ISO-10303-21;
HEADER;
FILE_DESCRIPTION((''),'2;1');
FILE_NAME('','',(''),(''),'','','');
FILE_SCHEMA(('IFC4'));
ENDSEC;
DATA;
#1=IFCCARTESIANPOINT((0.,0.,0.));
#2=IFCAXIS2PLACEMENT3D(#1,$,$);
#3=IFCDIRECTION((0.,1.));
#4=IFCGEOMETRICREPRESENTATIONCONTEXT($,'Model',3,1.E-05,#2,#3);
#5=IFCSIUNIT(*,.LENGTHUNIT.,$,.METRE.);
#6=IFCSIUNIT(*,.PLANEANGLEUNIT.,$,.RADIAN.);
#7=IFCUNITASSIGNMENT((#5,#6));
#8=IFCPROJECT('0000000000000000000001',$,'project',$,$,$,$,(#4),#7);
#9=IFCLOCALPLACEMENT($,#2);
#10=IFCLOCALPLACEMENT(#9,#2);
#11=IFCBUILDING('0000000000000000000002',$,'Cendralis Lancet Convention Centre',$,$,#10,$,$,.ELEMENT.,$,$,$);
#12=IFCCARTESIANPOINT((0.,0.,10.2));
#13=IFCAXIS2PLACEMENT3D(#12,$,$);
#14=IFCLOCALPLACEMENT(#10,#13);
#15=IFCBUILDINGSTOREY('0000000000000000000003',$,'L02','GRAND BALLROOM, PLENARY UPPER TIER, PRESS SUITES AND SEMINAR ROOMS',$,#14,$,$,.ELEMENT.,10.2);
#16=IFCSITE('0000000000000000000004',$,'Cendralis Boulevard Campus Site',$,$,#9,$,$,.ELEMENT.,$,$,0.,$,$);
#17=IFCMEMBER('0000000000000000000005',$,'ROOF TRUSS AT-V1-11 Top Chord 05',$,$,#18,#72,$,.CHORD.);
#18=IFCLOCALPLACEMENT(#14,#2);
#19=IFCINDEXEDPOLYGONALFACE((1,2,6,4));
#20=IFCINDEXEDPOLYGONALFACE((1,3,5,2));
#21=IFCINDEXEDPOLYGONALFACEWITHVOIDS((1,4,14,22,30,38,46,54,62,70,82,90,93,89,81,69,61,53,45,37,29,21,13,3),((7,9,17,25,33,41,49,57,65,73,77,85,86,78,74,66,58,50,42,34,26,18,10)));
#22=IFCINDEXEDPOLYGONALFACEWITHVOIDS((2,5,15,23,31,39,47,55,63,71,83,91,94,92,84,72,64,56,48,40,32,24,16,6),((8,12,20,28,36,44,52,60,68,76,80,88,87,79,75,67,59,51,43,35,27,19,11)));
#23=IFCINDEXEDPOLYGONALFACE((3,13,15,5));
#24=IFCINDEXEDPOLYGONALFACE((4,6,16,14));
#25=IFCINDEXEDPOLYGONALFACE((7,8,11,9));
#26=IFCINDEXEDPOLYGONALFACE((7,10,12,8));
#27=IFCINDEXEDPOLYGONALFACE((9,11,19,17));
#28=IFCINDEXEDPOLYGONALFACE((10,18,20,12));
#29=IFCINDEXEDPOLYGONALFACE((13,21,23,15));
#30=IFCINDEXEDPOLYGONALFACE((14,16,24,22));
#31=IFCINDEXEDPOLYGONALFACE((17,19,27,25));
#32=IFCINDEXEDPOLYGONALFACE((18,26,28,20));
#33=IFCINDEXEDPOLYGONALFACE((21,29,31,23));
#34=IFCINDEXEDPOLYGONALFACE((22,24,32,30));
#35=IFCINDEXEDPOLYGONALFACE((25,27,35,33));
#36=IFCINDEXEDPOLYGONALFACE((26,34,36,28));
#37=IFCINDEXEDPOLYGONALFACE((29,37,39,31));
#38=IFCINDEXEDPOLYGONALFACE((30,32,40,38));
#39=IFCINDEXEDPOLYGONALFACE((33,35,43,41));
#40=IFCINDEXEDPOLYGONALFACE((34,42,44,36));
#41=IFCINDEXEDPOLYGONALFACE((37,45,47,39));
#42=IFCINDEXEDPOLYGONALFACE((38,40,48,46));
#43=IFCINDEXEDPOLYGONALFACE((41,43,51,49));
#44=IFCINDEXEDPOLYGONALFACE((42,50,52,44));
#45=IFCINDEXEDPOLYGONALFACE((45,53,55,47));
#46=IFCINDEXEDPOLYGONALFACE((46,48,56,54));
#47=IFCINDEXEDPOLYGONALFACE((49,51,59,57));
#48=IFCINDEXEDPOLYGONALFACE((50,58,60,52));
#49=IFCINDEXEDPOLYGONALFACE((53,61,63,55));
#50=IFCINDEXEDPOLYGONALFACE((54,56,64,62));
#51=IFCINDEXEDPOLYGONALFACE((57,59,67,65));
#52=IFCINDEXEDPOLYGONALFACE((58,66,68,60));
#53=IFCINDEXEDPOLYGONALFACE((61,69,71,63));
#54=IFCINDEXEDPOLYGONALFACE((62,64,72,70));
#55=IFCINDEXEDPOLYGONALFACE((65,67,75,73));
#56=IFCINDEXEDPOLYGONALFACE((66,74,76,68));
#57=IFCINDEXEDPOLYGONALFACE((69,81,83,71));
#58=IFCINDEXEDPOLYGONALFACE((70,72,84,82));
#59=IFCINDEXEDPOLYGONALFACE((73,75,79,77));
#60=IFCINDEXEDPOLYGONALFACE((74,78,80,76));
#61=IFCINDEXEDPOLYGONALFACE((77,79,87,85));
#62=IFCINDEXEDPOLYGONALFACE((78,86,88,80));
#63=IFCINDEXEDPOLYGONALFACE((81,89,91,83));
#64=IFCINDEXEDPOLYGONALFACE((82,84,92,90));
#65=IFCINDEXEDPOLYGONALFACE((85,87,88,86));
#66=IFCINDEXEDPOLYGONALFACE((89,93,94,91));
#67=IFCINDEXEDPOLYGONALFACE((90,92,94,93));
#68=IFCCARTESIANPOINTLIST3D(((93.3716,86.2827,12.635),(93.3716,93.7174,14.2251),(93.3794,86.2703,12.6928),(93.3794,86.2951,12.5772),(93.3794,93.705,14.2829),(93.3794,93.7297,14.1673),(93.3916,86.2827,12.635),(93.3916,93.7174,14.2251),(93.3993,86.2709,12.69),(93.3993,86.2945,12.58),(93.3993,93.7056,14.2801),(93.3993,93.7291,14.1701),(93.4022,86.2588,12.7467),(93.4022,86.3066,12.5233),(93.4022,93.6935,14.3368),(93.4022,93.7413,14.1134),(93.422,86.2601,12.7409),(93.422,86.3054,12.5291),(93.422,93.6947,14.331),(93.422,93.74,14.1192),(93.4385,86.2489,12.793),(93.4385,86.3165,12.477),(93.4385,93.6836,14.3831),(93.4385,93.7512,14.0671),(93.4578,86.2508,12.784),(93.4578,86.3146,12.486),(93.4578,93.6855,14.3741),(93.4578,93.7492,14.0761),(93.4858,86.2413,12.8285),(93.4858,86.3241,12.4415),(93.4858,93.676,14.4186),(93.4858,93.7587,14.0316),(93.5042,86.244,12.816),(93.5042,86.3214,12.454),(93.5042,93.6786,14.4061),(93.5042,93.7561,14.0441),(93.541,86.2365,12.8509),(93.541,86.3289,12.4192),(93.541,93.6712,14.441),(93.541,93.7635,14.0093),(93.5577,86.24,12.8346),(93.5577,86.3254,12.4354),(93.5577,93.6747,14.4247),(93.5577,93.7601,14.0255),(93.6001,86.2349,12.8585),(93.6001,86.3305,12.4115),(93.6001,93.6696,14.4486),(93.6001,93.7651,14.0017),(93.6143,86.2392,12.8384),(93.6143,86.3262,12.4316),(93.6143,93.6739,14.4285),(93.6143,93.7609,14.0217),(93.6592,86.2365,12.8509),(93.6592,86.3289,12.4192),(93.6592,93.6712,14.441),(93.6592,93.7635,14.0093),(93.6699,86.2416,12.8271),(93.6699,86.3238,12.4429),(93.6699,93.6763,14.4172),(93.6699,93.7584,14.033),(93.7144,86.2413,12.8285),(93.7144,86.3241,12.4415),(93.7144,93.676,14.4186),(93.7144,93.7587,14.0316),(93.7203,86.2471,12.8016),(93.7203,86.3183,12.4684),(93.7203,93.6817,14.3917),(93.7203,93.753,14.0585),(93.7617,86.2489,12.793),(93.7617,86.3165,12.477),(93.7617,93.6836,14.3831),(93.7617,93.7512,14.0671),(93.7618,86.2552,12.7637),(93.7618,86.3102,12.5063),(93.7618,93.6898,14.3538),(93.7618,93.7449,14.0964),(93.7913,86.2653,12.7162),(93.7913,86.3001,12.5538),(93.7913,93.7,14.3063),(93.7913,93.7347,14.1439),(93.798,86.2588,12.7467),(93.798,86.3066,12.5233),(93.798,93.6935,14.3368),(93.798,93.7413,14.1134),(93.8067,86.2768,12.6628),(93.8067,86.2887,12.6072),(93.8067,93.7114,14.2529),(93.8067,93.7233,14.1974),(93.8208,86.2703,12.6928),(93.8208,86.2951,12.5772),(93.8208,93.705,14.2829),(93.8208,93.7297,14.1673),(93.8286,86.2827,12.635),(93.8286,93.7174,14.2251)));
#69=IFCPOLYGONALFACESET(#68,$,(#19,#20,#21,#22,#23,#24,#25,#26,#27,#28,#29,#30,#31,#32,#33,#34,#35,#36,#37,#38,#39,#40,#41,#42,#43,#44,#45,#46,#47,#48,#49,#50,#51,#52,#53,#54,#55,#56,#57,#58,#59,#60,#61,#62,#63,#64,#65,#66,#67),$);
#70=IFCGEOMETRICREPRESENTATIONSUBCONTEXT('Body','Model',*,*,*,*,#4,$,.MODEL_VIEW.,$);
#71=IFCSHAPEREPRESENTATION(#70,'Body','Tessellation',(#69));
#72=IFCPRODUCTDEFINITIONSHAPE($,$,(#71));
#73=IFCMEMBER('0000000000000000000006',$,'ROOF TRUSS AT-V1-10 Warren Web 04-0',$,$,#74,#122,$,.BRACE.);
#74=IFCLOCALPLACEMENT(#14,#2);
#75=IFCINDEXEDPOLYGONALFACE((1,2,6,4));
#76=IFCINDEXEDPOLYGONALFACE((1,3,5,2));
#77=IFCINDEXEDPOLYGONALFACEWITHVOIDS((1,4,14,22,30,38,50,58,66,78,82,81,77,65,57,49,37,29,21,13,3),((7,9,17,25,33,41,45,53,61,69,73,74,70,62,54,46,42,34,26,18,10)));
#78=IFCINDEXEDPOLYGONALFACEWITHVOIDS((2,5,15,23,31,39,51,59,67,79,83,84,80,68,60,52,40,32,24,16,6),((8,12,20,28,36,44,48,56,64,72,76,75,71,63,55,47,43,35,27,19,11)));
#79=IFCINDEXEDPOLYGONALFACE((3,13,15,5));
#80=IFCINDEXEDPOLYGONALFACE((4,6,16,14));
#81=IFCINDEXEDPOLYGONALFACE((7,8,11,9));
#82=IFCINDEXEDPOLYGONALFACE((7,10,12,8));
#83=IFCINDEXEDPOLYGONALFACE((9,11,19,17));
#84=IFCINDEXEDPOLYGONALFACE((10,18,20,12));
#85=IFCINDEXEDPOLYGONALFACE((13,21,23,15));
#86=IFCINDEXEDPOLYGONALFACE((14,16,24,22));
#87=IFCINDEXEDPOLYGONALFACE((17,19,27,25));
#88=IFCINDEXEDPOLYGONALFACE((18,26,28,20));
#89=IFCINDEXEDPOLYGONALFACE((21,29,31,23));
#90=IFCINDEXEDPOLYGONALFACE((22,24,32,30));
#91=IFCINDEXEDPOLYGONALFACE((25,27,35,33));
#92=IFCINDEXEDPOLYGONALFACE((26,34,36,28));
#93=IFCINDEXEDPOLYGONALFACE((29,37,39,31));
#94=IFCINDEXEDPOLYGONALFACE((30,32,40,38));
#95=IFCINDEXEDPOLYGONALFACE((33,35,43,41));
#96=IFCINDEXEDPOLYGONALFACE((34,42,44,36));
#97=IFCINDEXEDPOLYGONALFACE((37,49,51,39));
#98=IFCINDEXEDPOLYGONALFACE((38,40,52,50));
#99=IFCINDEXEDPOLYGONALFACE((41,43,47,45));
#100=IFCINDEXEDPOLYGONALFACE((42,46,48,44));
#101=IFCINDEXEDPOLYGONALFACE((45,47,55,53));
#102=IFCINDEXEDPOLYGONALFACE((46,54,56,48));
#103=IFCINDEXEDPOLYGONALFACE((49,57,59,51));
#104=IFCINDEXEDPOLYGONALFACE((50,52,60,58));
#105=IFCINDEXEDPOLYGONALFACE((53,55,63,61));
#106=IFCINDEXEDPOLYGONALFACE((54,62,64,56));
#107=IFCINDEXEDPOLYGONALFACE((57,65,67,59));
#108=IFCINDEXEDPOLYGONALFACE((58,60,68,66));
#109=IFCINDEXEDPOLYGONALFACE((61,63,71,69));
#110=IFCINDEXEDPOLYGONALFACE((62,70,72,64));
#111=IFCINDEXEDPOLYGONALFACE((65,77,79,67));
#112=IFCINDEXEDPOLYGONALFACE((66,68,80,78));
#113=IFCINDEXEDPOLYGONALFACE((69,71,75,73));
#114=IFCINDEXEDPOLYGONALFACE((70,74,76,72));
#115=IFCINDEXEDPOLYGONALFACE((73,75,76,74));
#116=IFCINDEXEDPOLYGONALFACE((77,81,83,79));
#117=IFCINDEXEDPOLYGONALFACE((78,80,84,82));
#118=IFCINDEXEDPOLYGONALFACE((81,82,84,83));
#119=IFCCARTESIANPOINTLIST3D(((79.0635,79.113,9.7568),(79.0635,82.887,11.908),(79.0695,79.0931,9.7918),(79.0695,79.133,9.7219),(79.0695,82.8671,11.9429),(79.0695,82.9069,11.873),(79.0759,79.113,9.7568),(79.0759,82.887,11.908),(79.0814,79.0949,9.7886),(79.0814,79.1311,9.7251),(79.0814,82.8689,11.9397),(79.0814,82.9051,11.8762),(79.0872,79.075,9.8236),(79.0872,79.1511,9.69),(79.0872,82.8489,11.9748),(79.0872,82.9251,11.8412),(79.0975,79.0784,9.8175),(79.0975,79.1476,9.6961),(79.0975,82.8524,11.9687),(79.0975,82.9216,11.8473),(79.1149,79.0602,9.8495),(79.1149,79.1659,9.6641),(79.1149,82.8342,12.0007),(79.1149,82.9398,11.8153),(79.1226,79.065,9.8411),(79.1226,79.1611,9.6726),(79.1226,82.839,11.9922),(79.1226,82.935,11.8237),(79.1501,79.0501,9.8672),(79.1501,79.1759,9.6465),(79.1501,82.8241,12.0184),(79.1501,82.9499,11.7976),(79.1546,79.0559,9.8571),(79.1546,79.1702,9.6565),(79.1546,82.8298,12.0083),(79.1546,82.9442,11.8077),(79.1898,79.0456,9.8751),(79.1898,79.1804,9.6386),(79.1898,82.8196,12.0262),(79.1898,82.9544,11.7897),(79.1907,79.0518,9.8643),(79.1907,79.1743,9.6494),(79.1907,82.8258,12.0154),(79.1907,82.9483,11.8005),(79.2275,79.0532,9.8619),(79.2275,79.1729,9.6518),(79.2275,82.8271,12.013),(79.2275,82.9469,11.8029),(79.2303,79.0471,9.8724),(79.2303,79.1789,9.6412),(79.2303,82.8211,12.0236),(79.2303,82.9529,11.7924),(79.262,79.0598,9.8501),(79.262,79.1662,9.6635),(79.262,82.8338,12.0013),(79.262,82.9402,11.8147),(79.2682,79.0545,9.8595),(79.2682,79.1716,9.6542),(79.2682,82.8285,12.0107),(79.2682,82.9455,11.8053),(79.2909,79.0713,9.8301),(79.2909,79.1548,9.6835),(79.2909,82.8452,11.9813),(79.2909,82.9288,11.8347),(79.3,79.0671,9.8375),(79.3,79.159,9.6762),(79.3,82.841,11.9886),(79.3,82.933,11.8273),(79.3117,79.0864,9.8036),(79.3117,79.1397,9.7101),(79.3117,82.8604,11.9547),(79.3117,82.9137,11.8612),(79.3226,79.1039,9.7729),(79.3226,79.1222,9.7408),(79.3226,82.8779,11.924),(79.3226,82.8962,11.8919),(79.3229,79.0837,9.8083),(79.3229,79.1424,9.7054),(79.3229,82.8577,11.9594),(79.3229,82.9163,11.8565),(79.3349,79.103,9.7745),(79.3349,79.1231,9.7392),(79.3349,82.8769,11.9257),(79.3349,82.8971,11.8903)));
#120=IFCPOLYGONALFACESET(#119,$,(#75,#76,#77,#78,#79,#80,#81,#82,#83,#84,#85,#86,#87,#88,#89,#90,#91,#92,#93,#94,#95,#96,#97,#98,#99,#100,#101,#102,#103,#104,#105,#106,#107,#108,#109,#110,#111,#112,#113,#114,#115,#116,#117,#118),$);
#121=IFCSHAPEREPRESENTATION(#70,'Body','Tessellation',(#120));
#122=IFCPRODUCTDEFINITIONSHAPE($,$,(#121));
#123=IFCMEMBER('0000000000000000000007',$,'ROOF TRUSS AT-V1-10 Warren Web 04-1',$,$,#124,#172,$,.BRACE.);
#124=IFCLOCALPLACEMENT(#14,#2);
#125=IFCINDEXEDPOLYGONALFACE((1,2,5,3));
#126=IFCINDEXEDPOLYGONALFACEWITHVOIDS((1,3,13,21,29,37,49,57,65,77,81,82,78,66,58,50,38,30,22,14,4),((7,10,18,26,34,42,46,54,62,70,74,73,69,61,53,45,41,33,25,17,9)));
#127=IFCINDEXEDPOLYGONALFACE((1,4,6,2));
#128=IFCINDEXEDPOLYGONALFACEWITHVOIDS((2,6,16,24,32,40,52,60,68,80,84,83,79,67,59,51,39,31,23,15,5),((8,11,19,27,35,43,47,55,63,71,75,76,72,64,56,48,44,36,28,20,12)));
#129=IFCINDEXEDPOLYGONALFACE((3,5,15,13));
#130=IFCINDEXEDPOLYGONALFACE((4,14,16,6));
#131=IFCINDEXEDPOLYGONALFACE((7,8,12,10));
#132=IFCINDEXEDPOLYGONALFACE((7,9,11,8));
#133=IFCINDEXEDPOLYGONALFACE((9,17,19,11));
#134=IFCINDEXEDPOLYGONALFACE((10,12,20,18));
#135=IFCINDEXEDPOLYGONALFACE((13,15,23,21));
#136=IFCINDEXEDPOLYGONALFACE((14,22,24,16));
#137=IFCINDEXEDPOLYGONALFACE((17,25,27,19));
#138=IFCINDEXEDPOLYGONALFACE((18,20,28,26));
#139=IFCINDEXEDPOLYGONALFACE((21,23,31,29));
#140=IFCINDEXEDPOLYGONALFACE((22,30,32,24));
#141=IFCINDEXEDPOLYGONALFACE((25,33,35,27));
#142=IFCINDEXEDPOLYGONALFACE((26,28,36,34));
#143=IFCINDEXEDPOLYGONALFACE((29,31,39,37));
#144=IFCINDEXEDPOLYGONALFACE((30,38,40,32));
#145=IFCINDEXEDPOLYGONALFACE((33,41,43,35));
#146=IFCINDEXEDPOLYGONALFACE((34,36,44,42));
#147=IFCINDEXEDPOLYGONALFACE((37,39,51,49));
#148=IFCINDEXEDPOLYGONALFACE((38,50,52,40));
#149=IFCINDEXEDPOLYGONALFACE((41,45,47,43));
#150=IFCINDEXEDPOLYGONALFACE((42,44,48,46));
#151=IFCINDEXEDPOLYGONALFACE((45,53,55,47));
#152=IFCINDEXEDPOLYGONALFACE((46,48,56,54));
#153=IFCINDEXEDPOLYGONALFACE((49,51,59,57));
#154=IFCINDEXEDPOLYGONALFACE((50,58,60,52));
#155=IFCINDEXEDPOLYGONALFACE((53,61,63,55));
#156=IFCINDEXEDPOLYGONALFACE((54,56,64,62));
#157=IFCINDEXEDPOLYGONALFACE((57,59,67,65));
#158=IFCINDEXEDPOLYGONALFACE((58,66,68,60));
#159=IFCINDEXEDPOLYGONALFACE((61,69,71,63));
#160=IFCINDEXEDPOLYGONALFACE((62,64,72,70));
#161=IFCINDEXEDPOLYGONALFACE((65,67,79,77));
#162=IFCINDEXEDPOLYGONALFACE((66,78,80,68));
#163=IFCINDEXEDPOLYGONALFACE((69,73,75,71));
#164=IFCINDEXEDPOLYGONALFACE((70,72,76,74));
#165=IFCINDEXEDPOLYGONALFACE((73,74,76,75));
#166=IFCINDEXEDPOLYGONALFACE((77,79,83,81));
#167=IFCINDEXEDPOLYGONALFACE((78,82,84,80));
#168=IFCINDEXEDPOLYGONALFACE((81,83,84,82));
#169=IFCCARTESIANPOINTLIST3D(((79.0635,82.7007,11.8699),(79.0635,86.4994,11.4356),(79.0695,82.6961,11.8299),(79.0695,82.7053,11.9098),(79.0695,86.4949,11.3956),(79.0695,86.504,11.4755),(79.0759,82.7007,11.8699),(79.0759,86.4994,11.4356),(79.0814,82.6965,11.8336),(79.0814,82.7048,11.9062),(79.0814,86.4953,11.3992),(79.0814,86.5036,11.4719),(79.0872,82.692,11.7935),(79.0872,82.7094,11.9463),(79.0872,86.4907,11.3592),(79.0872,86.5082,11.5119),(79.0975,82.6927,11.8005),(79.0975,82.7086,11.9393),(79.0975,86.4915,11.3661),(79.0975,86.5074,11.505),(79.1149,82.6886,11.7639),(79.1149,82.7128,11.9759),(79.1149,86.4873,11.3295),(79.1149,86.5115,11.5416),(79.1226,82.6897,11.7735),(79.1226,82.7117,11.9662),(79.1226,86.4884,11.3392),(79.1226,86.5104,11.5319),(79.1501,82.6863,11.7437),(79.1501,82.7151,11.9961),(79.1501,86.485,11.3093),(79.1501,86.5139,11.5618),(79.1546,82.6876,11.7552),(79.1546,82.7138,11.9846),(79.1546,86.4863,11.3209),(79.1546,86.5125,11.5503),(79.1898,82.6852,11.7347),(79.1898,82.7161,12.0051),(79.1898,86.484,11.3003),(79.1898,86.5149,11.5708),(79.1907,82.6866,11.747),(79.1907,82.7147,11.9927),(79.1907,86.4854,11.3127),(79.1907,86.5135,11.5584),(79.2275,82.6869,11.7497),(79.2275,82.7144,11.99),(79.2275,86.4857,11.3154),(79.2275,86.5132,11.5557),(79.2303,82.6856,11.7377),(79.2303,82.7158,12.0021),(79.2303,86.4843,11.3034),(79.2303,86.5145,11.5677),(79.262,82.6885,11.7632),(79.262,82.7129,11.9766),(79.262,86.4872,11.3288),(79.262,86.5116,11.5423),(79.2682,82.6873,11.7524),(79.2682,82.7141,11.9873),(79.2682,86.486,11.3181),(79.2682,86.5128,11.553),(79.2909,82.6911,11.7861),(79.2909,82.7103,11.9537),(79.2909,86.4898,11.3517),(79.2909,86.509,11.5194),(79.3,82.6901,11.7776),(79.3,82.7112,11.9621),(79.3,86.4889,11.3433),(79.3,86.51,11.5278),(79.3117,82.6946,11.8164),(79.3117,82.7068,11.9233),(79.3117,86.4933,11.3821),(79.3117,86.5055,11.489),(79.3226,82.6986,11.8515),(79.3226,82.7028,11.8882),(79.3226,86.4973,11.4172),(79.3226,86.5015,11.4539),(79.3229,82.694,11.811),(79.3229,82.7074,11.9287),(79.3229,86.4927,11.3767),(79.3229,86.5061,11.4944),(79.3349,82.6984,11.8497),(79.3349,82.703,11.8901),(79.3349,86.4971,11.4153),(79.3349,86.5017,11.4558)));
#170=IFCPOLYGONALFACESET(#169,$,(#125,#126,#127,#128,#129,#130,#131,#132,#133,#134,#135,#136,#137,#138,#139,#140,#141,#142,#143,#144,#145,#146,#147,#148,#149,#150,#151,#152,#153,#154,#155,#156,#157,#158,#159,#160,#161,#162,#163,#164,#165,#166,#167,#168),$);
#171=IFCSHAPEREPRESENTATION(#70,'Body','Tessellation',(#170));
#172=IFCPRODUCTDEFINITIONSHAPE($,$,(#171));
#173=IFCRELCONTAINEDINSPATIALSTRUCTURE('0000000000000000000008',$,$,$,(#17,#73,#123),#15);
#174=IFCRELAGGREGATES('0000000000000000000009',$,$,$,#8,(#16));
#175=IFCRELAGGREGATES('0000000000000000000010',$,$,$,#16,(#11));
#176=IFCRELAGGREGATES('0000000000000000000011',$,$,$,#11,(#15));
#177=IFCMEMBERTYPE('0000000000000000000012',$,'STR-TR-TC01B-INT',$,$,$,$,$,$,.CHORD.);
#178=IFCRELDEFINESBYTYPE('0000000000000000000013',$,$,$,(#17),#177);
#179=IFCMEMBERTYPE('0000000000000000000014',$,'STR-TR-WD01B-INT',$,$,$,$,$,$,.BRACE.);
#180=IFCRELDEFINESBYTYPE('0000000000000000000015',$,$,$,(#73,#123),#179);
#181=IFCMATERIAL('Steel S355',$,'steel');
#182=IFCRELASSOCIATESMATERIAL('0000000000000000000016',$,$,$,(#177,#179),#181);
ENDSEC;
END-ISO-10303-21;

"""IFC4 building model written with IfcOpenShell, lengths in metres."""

from ifc_helpers import new_model, si_unit, direction, frame, origin, origin_2d, place, context, subcontext, project, spatial, hollow_circle, extrude, material, material_profile, profile_set, type_object, element, save


model = new_model("IFC4")

# Units and contexts
model_context = context("Model", 3, precision=1e-05, world=origin(), true_north=direction((0.0, 1.0)))
body_context = subcontext(model_context, "Body", "Model", "MODEL_VIEW")
ifc_project = project(units=[si_unit("LENGTHUNIT", "METRE"), si_unit("PLANEANGLEUNIT", "RADIAN")], contexts=[model_context])

# Site, building, storey
site_placement = place(None, origin())
site = spatial("IfcSite", under=ifc_project, at=site_placement, Name="Cendralis Boulevard Campus Site", CompositionType="ELEMENT", RefElevation=0.0)
building_placement = place(site_placement, origin())
building = spatial("IfcBuilding", under=site, at=building_placement, Name="Cendralis Lancet Convention Centre", CompositionType="ELEMENT")
storey_placement = place(building_placement, frame((0.0, 0.0, 10.2)))
storey = spatial("IfcBuildingStorey", under=building, at=storey_placement, Name="L02", Description="GRAND BALLROOM, PLENARY UPPER TIER, PRESS SUITES AND SEMINAR ROOMS", CompositionType="ELEMENT", Elevation=10.2)

# Members
ifc_material = material(Name="Steel S355", Category="steel")
ifc_material_profile_1 = material_profile(ifc_material, hollow_circle(Radius=0.2285, WallThickness=0.02, at=origin_2d()), Name="CHS 457.0x20.0")
ifc_profile_set_1 = profile_set([ifc_material_profile_1], Name="Steel S355")
member_type_1 = type_object("IfcMemberType", Name="STR-TR-TC01B-INT", PredefinedType="CHORD", material=ifc_profile_set_1)
member_1_placement = place(storey_placement, frame((93.6001, 86.2827, 12.635), z_axis=(0.0, 0.977884, 0.209147), x_axis=(-1.0, 0.0, 0.0)))
element("IfcMember", 1, at=member_1_placement, inside=storey, type_object=member_type_1, Name="ROOF TRUSS AT-V1-11 Top Chord 05", PredefinedType="CHORD", context=body_context, shape_type="SweptSolid", body=[
    extrude(hollow_circle(Radius=0.2285, WallThickness=0.02, at=origin_2d()), origin(), (0.0, 0.0, 1.0), 7.6028),
])
ifc_material_profile_2 = material_profile(ifc_material, hollow_circle(Radius=0.1365, WallThickness=0.0125, at=origin_2d()), Name="CHS 273.0x12.5")
ifc_profile_set_2 = profile_set([ifc_material_profile_2], Name="Steel S355")
member_type_2 = type_object("IfcMemberType", Name="STR-TR-WD01B-INT", PredefinedType="BRACE", material=ifc_profile_set_2)
member_2_placement = place(storey_placement, frame((79.2, 79.113, 9.7568), z_axis=(0.0, 0.868779, 0.4952), x_axis=(-1.0, 0.0, 0.0)))
element("IfcMember", 2, at=member_2_placement, inside=storey, type_object=member_type_2, Name="ROOF TRUSS AT-V1-10 Warren Web 04-0", PredefinedType="BRACE", context=body_context, shape_type="SweptSolid", body=[
    extrude(hollow_circle(Radius=0.1365, WallThickness=0.0125, at=origin_2d()), origin(), (0.0, 0.0, 1.0), 4.344),
])
member_3_placement = place(storey_placement, frame((79.2, 82.7007, 11.8699), z_axis=(0.0, 0.993528, -0.113592), x_axis=(-1.0, 0.0, 0.0)))
element("IfcMember", 3, at=member_3_placement, inside=storey, type_object=member_type_2, Name="ROOF TRUSS AT-V1-10 Warren Web 04-1", PredefinedType="BRACE", context=body_context, shape_type="SweptSolid", body=[
    extrude(hollow_circle(Radius=0.1365, WallThickness=0.0125, at=origin_2d()), origin(), (0.0, 0.0, 1.0), 3.8235),
])

save(model, "model.ifc")
